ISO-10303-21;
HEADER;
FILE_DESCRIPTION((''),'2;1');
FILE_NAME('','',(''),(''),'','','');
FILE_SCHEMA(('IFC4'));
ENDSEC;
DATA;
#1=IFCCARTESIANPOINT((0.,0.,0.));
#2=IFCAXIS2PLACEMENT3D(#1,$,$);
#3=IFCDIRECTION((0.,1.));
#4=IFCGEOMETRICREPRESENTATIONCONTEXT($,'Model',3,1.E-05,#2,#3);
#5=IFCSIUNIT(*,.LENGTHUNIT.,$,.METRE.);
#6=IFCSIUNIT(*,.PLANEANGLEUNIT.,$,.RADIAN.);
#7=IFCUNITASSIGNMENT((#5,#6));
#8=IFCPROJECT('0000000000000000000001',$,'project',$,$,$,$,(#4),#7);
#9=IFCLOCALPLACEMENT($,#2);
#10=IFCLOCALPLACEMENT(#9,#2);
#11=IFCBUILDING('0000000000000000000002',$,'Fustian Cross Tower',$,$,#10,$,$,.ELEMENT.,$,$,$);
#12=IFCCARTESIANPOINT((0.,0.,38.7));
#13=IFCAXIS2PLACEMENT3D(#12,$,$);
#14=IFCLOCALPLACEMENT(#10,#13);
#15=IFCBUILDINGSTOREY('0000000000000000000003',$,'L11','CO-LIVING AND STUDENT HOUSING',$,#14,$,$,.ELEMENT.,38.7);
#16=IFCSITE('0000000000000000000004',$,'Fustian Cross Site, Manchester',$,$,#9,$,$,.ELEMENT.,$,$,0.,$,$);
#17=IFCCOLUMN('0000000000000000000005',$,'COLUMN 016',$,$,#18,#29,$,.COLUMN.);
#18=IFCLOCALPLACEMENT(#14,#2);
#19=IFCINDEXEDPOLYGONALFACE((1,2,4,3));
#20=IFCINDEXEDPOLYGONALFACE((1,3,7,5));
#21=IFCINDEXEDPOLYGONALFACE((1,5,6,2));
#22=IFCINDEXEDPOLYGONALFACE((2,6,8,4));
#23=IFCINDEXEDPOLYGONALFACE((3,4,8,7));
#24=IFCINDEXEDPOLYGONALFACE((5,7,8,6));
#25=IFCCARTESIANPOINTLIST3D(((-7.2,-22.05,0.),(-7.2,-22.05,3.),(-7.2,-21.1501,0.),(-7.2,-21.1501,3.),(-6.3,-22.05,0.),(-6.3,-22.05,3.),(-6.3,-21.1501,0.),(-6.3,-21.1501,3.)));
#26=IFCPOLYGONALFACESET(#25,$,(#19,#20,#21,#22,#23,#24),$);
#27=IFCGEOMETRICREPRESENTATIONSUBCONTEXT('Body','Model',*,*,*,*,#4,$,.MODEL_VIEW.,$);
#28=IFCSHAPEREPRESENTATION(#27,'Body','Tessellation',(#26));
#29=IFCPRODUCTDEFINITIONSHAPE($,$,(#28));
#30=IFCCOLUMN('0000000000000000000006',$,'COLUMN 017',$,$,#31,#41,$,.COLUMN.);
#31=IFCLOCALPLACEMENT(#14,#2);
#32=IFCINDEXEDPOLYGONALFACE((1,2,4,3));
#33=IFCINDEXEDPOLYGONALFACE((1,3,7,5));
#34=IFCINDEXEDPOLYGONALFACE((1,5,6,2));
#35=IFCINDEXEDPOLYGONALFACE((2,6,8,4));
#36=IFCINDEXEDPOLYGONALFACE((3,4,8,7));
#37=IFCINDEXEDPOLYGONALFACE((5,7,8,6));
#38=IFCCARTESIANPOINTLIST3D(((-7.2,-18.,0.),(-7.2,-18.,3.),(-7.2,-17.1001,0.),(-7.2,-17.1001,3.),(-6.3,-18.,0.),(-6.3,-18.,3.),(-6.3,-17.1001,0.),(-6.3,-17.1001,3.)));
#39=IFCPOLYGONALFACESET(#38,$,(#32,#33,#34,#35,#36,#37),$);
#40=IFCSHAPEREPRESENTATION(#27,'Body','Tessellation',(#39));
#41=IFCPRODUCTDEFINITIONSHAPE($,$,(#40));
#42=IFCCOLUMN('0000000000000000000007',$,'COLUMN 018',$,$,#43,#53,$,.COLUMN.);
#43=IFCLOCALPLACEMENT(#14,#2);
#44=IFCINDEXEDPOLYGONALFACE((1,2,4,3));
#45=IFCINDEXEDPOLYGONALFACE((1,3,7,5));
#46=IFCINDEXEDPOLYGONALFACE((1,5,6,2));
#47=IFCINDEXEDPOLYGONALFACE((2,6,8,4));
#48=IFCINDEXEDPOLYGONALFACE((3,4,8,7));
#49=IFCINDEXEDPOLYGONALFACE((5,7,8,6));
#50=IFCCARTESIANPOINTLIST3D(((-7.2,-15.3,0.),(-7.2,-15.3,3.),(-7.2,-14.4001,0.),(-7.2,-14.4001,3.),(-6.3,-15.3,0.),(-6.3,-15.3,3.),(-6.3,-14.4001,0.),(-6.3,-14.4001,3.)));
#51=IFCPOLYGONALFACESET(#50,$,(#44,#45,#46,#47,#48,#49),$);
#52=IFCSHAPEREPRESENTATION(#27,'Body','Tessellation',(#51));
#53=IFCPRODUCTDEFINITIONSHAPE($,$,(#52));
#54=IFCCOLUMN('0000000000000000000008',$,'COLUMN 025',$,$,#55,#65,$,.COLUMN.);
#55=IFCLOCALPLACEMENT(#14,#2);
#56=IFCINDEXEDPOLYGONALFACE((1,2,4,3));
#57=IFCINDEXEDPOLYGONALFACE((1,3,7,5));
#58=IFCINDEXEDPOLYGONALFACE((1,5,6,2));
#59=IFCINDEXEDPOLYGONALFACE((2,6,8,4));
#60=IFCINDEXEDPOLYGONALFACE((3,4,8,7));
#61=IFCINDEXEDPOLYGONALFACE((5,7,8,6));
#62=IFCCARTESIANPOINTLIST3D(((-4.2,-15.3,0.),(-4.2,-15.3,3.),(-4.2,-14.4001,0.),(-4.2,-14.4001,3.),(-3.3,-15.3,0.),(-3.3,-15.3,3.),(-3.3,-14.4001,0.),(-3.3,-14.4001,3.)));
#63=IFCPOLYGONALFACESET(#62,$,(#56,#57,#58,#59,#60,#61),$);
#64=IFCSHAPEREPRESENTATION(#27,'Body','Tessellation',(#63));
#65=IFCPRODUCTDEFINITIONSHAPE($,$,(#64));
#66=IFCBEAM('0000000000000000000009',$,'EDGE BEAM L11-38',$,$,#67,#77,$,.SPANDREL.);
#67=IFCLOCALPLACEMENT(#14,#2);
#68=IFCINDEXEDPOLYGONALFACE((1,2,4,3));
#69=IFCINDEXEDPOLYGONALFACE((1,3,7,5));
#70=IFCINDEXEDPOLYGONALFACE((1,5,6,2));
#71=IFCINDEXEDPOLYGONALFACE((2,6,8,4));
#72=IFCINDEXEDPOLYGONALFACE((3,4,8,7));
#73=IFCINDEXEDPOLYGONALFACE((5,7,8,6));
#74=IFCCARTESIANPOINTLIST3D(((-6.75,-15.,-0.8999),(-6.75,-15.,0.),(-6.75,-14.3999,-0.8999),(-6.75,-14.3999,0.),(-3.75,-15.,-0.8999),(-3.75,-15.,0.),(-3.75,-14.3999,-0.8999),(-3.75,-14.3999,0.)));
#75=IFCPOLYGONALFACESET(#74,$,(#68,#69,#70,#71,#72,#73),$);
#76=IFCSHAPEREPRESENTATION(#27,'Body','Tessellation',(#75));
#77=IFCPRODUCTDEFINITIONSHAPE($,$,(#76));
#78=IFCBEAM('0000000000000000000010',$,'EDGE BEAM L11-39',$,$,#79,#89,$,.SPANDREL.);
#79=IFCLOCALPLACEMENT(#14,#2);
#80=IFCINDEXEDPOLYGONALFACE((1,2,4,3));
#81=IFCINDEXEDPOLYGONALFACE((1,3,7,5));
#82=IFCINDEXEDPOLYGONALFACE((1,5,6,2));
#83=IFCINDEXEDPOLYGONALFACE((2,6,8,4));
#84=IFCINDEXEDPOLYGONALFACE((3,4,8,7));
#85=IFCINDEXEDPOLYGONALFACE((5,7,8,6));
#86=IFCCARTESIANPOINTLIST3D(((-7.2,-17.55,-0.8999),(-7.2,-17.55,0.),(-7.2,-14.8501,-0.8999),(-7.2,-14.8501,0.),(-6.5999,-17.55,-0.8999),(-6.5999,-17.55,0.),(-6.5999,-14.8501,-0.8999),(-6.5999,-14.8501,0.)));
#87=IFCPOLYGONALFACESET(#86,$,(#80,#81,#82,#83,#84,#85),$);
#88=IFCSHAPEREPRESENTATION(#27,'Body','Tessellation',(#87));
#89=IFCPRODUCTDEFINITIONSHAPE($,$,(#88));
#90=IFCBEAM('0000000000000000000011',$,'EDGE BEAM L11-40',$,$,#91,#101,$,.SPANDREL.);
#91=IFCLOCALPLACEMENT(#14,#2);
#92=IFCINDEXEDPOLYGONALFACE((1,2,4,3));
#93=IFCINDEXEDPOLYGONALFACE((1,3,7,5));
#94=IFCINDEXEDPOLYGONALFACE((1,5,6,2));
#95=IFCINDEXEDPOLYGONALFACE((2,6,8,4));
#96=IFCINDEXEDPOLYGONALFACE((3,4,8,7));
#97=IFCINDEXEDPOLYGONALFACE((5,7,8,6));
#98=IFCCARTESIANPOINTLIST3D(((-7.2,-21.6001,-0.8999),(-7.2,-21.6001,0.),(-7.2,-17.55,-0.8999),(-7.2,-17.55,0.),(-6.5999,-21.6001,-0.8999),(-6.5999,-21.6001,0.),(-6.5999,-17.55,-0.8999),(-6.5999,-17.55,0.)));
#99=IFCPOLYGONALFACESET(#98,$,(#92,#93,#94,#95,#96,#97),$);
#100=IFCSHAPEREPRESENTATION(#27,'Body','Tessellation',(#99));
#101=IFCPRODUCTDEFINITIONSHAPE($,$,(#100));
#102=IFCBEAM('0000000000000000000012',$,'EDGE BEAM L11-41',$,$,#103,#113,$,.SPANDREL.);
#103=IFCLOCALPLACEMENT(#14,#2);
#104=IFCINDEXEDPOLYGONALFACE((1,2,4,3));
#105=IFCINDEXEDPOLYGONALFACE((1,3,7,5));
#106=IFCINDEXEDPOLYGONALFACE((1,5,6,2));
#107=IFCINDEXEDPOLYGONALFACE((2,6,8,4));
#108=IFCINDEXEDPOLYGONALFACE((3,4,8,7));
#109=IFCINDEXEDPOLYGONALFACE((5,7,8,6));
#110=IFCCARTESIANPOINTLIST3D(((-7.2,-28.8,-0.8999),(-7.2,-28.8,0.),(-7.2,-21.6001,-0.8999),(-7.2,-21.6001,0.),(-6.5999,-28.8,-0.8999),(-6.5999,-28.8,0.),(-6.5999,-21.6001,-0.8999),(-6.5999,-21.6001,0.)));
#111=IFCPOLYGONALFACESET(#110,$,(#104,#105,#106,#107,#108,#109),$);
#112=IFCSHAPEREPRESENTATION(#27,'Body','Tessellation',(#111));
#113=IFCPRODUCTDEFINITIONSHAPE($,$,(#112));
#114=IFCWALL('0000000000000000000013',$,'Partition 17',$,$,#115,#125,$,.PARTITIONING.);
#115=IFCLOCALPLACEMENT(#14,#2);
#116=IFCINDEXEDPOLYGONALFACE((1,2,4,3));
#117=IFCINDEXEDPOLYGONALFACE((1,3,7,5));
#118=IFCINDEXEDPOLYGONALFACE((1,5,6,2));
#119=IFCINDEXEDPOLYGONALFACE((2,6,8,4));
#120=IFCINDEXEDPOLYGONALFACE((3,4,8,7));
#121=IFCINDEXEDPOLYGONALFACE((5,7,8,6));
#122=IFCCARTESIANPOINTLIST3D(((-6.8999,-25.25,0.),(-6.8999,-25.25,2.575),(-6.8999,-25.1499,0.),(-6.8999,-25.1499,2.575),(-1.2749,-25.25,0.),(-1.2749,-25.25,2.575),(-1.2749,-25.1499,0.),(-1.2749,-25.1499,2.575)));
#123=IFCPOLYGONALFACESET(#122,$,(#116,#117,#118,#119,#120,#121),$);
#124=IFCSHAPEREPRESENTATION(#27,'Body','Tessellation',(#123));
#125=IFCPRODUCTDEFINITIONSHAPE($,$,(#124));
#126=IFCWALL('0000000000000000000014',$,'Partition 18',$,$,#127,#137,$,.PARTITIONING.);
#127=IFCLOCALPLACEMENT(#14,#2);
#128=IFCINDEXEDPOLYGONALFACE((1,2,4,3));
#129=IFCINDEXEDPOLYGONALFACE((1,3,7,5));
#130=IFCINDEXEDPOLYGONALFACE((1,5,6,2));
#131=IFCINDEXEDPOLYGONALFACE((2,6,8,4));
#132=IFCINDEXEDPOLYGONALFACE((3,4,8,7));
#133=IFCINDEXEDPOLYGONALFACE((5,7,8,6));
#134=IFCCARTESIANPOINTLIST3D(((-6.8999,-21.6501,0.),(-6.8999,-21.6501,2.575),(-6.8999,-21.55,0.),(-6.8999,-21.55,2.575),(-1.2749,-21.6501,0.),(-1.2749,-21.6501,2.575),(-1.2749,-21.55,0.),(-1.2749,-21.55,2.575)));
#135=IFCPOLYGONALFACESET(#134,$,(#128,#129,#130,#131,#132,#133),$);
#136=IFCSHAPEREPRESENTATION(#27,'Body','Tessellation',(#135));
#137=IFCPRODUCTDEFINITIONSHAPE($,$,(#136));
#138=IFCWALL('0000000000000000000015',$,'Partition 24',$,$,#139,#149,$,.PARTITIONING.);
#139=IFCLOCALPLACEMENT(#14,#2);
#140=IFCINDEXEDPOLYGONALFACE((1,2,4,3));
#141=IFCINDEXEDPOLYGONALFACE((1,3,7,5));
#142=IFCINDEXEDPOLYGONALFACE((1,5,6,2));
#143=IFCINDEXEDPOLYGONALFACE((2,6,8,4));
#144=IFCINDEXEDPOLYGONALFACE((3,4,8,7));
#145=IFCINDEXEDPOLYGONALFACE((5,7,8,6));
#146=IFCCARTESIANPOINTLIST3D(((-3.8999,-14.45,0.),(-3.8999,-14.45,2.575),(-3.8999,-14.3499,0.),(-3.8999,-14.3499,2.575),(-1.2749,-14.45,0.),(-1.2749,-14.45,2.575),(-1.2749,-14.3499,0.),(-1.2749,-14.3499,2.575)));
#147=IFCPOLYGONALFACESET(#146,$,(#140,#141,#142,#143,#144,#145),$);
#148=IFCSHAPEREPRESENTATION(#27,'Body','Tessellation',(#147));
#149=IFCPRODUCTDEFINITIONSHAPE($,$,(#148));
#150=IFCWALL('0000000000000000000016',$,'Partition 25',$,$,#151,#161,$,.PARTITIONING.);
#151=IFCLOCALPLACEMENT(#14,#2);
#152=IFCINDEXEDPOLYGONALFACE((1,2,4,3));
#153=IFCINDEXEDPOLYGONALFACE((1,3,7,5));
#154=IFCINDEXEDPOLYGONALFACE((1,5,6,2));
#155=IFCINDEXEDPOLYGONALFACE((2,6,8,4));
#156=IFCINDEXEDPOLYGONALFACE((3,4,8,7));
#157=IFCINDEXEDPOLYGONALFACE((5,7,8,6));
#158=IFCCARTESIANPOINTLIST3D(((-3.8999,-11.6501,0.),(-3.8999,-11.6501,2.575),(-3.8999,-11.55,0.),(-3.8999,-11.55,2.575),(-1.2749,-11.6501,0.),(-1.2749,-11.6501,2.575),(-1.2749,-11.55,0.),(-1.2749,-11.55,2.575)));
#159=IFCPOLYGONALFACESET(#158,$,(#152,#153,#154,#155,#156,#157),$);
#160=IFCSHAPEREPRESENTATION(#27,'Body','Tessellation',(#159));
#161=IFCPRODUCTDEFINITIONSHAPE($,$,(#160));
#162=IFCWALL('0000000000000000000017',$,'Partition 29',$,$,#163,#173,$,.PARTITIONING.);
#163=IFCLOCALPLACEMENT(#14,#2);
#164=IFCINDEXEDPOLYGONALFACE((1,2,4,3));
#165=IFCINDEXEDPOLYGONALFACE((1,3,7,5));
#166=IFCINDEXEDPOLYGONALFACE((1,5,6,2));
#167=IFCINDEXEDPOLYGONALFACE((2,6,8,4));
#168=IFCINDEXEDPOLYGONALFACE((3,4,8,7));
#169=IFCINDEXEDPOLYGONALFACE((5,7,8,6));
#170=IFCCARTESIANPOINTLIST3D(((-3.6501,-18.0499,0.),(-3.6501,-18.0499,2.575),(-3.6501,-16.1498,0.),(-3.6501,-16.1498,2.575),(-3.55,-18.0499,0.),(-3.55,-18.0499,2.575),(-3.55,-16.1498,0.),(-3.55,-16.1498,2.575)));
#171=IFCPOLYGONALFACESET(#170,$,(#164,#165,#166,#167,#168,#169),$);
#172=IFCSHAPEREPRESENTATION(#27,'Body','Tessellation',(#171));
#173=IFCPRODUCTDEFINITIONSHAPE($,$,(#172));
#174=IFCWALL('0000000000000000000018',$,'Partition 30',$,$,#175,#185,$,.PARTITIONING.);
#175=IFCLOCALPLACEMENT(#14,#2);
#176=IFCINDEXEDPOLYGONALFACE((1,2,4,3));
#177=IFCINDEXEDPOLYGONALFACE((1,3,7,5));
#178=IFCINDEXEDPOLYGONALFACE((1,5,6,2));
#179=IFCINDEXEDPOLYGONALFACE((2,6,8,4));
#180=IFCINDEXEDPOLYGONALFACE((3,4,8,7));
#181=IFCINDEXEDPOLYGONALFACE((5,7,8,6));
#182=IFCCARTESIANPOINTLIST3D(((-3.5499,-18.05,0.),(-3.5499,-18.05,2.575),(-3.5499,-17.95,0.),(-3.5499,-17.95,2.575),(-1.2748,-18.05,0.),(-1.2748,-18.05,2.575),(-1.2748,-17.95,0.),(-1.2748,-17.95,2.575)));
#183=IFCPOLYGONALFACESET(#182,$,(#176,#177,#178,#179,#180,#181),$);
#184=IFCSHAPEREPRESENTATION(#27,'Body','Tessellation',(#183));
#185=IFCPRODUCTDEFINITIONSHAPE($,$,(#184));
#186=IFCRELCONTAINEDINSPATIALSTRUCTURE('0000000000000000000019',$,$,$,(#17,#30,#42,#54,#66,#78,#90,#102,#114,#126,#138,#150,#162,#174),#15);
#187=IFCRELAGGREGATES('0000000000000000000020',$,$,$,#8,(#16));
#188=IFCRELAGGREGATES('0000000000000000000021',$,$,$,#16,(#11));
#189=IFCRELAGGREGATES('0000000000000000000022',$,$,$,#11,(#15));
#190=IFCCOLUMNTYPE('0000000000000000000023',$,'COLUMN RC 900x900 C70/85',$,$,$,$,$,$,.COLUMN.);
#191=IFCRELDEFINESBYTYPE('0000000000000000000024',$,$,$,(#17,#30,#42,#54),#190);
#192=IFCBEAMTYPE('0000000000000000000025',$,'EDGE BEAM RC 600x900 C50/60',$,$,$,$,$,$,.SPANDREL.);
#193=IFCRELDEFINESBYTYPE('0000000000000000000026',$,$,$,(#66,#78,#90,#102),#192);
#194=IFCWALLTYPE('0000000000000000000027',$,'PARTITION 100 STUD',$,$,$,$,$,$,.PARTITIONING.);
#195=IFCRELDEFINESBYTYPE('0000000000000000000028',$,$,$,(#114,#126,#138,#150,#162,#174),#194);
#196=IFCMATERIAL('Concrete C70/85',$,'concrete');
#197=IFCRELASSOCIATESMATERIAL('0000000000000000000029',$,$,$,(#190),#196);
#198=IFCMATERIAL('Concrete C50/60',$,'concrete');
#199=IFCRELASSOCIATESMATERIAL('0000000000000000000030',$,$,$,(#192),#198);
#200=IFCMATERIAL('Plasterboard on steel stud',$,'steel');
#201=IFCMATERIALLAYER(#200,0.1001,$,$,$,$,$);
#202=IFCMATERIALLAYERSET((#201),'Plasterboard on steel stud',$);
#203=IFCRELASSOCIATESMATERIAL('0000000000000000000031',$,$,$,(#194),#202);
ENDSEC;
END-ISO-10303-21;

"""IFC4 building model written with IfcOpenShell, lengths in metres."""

from ifc_helpers import new_model, si_unit, direction, frame, frame_2d, origin, origin_2d, place, context, subcontext, project, spatial, rectangle, extrude, material, layer, layer_set, material_profile, profile_set, type_object, element, save


model = new_model("IFC4")

# Units and contexts
model_context = context("Model", 3, precision=1e-05, world=origin(), true_north=direction((0.0, 1.0)))
body_context = subcontext(model_context, "Body", "Model", "MODEL_VIEW")
ifc_project = project(units=[si_unit("LENGTHUNIT", "METRE"), si_unit("PLANEANGLEUNIT", "RADIAN")], contexts=[model_context])

# Site, building, storey
site_placement = place(None, origin())
site = spatial("IfcSite", under=ifc_project, at=site_placement, Name="Fustian Cross Site, Manchester", CompositionType="ELEMENT", RefElevation=0.0)
building_placement = place(site_placement, origin())
building = spatial("IfcBuilding", under=site, at=building_placement, Name="Fustian Cross Tower", CompositionType="ELEMENT")
storey_placement = place(building_placement, frame((0.0, 0.0, 38.7)))
storey = spatial("IfcBuildingStorey", under=building, at=storey_placement, Name="L11", Description="CO-LIVING AND STUDENT HOUSING", CompositionType="ELEMENT", Elevation=38.7)

# Columns
ifc_material_1 = material(Name="Concrete C70/85", Category="concrete")
ifc_material_profile_1 = material_profile(ifc_material_1, rectangle(XDim=0.8999, YDim=0.8999, at=origin_2d()), Name="RC 900x900")
ifc_profile_set_1 = profile_set([ifc_material_profile_1], Name="Concrete C70/85")
column_type = type_object("IfcColumnType", Name="COLUMN RC 900x900 C70/85", PredefinedType="COLUMN", material=ifc_profile_set_1)
for number, where, z_axis, x_axis, name in (
    (1, (-6.75, -21.6001, 0.0), (0.0, 0.0, 1.0), (1.0, 0.0, 0.0), "COLUMN 016"),
    (2, (-6.75, -17.55, 0.0), (0.0, 0.0, 1.0), (1.0, 0.0, 0.0), "COLUMN 017"),
    (3, (-6.75, -14.8501, 0.0), (0.0, 0.0, 1.0), (1.0, 0.0, 0.0), "COLUMN 018"),
    (4, (-3.75, -14.8501, 0.0), (0.0, 0.0, 1.0), (1.0, 0.0, 0.0), "COLUMN 025"),
):
    element("IfcColumn", number, at=place(storey_placement, frame(where, z_axis=z_axis, x_axis=x_axis)), inside=storey, type_object=column_type, Name=name, PredefinedType="COLUMN", context=body_context, shape_type="SweptSolid", body=[
        extrude(rectangle(XDim=0.8999, YDim=0.8999, at=origin_2d()), origin(), (0.0, 0.0, 1.0), 3.0),
    ])

# Beams
ifc_material_2 = material(Name="Concrete C50/60", Category="concrete")
ifc_material_profile_2 = material_profile(ifc_material_2, rectangle(XDim=0.6001, YDim=0.8999, at=origin_2d()), Name="RC 600x900")
ifc_profile_set_2 = profile_set([ifc_material_profile_2], Name="Concrete C50/60")
beam_type = type_object("IfcBeamType", Name="EDGE BEAM RC 600x900 C50/60", PredefinedType="SPANDREL", material=ifc_profile_set_2)
beam_1_placement = place(storey_placement, frame((-3.75, -14.7, -0.45), z_axis=(-1.0, 0.0, 0.0), x_axis=(0.0, -1.0, 0.0)))
element("IfcBeam", 5, at=beam_1_placement, inside=storey, type_object=beam_type, Name="EDGE BEAM L11-38", PredefinedType="SPANDREL", context=body_context, shape_type="SweptSolid", body=[
    extrude(rectangle(XDim=0.6001, YDim=0.8999, at=origin_2d()), origin(), (0.0, 0.0, 1.0), 3.0),
])
beam_2_placement = place(storey_placement, frame((-6.8999, -14.8501, -0.45), z_axis=(0.0, -1.0, 0.0), x_axis=(1.0, 0.0, 0.0)))
element("IfcBeam", 6, at=beam_2_placement, inside=storey, type_object=beam_type, Name="EDGE BEAM L11-39", PredefinedType="SPANDREL", context=body_context, shape_type="SweptSolid", body=[
    extrude(rectangle(XDim=0.6001, YDim=0.8999, at=origin_2d()), origin(), (0.0, 0.0, 1.0), 2.7),
])
beam_3_placement = place(storey_placement, frame((-6.8999, -17.55, -0.45), z_axis=(0.0, -1.0, 0.0), x_axis=(1.0, 0.0, 0.0)))
element("IfcBeam", 7, at=beam_3_placement, inside=storey, type_object=beam_type, Name="EDGE BEAM L11-40", PredefinedType="SPANDREL", context=body_context, shape_type="SweptSolid", body=[
    extrude(rectangle(XDim=0.6001, YDim=0.8999, at=origin_2d()), origin(), (0.0, 0.0, 1.0), 4.05),
])
beam_4_placement = place(storey_placement, frame((-6.8999, -21.6001, -0.45), z_axis=(0.0, -1.0, 0.0), x_axis=(1.0, 0.0, 0.0)))
element("IfcBeam", 8, at=beam_4_placement, inside=storey, type_object=beam_type, Name="EDGE BEAM L11-41", PredefinedType="SPANDREL", context=body_context, shape_type="SweptSolid", body=[
    extrude(rectangle(XDim=0.6001, YDim=0.8999, at=origin_2d()), origin(), (0.0, 0.0, 1.0), 7.2),
])

# Walls
ifc_material_3 = material(Name="Plasterboard on steel stud", Category="steel")
ifc_layer_1 = layer(ifc_material_3, 0.1001)
ifc_layer_set_1 = layer_set([ifc_layer_1], Name="Plasterboard on steel stud")
wall_type_1 = type_object("IfcWallType", Name="PARTITION 100 STUD", PredefinedType="PARTITIONING", material=ifc_layer_set_1)
for number, where, z_axis, x_axis, name in (
    (9, (-6.8999, -25.2, 0.0), (0.0, 0.0, 1.0), (1.0, 0.0, 0.0), "Partition 17"),
    (10, (-6.8999, -21.6001, 0.0), (0.0, 0.0, 1.0), (1.0, 0.0, 0.0), "Partition 18"),
):
    element("IfcWall", number, at=place(storey_placement, frame(where, z_axis=z_axis, x_axis=x_axis)), inside=storey, type_object=wall_type_1, Name=name, PredefinedType="PARTITIONING", context=body_context, shape_type="SweptSolid", body=[
        extrude(rectangle(XDim=5.625, YDim=0.1001, at=frame_2d((2.8125, 0.0))), origin(), (0.0, 0.0, 1.0), 2.575),
    ])
for number, where, z_axis, x_axis, name in (
    (11, (-3.8999, -14.3999, 0.0), (0.0, 0.0, 1.0), (1.0, 0.0, 0.0), "Partition 24"),
    (12, (-3.8999, -11.6001, 0.0), (0.0, 0.0, 1.0), (1.0, 0.0, 0.0), "Partition 25"),
):
    element("IfcWall", number, at=place(storey_placement, frame(where, z_axis=z_axis, x_axis=x_axis)), inside=storey, type_object=wall_type_1, Name=name, PredefinedType="PARTITIONING", context=body_context, shape_type="SweptSolid", body=[
        extrude(rectangle(XDim=2.625, YDim=0.1001, at=frame_2d((1.3125, 0.0))), origin(), (0.0, 0.0, 1.0), 2.575),
    ])
wall_1_placement = place(storey_placement, frame((-3.6001, -18.05, 0.0), z_axis=(0.0, 0.0, 1.0), x_axis=(0.0, 1.0, 0.0)))
element("IfcWall", 13, at=wall_1_placement, inside=storey, type_object=wall_type_1, Name="Partition 29", PredefinedType="PARTITIONING", context=body_context, shape_type="SweptSolid", body=[
    extrude(rectangle(XDim=1.9001, YDim=0.1001, at=frame_2d((0.9502, 0.0))), origin(), (0.0, 0.0, 1.0), 2.575),
])
wall_2_placement = place(storey_placement, frame((-3.55, -18.0, 0.0), z_axis=(0.0, 0.0, 1.0), x_axis=(1.0, 0.0, 0.0)))
element("IfcWall", 14, at=wall_2_placement, inside=storey, type_object=wall_type_1, Name="Partition 30", PredefinedType="PARTITIONING", context=body_context, shape_type="SweptSolid", body=[
    extrude(rectangle(XDim=2.2751, YDim=0.1001, at=frame_2d((1.1377, 0.0))), origin(), (0.0, 0.0, 1.0), 2.575),
])

save(model, "model.ifc")
